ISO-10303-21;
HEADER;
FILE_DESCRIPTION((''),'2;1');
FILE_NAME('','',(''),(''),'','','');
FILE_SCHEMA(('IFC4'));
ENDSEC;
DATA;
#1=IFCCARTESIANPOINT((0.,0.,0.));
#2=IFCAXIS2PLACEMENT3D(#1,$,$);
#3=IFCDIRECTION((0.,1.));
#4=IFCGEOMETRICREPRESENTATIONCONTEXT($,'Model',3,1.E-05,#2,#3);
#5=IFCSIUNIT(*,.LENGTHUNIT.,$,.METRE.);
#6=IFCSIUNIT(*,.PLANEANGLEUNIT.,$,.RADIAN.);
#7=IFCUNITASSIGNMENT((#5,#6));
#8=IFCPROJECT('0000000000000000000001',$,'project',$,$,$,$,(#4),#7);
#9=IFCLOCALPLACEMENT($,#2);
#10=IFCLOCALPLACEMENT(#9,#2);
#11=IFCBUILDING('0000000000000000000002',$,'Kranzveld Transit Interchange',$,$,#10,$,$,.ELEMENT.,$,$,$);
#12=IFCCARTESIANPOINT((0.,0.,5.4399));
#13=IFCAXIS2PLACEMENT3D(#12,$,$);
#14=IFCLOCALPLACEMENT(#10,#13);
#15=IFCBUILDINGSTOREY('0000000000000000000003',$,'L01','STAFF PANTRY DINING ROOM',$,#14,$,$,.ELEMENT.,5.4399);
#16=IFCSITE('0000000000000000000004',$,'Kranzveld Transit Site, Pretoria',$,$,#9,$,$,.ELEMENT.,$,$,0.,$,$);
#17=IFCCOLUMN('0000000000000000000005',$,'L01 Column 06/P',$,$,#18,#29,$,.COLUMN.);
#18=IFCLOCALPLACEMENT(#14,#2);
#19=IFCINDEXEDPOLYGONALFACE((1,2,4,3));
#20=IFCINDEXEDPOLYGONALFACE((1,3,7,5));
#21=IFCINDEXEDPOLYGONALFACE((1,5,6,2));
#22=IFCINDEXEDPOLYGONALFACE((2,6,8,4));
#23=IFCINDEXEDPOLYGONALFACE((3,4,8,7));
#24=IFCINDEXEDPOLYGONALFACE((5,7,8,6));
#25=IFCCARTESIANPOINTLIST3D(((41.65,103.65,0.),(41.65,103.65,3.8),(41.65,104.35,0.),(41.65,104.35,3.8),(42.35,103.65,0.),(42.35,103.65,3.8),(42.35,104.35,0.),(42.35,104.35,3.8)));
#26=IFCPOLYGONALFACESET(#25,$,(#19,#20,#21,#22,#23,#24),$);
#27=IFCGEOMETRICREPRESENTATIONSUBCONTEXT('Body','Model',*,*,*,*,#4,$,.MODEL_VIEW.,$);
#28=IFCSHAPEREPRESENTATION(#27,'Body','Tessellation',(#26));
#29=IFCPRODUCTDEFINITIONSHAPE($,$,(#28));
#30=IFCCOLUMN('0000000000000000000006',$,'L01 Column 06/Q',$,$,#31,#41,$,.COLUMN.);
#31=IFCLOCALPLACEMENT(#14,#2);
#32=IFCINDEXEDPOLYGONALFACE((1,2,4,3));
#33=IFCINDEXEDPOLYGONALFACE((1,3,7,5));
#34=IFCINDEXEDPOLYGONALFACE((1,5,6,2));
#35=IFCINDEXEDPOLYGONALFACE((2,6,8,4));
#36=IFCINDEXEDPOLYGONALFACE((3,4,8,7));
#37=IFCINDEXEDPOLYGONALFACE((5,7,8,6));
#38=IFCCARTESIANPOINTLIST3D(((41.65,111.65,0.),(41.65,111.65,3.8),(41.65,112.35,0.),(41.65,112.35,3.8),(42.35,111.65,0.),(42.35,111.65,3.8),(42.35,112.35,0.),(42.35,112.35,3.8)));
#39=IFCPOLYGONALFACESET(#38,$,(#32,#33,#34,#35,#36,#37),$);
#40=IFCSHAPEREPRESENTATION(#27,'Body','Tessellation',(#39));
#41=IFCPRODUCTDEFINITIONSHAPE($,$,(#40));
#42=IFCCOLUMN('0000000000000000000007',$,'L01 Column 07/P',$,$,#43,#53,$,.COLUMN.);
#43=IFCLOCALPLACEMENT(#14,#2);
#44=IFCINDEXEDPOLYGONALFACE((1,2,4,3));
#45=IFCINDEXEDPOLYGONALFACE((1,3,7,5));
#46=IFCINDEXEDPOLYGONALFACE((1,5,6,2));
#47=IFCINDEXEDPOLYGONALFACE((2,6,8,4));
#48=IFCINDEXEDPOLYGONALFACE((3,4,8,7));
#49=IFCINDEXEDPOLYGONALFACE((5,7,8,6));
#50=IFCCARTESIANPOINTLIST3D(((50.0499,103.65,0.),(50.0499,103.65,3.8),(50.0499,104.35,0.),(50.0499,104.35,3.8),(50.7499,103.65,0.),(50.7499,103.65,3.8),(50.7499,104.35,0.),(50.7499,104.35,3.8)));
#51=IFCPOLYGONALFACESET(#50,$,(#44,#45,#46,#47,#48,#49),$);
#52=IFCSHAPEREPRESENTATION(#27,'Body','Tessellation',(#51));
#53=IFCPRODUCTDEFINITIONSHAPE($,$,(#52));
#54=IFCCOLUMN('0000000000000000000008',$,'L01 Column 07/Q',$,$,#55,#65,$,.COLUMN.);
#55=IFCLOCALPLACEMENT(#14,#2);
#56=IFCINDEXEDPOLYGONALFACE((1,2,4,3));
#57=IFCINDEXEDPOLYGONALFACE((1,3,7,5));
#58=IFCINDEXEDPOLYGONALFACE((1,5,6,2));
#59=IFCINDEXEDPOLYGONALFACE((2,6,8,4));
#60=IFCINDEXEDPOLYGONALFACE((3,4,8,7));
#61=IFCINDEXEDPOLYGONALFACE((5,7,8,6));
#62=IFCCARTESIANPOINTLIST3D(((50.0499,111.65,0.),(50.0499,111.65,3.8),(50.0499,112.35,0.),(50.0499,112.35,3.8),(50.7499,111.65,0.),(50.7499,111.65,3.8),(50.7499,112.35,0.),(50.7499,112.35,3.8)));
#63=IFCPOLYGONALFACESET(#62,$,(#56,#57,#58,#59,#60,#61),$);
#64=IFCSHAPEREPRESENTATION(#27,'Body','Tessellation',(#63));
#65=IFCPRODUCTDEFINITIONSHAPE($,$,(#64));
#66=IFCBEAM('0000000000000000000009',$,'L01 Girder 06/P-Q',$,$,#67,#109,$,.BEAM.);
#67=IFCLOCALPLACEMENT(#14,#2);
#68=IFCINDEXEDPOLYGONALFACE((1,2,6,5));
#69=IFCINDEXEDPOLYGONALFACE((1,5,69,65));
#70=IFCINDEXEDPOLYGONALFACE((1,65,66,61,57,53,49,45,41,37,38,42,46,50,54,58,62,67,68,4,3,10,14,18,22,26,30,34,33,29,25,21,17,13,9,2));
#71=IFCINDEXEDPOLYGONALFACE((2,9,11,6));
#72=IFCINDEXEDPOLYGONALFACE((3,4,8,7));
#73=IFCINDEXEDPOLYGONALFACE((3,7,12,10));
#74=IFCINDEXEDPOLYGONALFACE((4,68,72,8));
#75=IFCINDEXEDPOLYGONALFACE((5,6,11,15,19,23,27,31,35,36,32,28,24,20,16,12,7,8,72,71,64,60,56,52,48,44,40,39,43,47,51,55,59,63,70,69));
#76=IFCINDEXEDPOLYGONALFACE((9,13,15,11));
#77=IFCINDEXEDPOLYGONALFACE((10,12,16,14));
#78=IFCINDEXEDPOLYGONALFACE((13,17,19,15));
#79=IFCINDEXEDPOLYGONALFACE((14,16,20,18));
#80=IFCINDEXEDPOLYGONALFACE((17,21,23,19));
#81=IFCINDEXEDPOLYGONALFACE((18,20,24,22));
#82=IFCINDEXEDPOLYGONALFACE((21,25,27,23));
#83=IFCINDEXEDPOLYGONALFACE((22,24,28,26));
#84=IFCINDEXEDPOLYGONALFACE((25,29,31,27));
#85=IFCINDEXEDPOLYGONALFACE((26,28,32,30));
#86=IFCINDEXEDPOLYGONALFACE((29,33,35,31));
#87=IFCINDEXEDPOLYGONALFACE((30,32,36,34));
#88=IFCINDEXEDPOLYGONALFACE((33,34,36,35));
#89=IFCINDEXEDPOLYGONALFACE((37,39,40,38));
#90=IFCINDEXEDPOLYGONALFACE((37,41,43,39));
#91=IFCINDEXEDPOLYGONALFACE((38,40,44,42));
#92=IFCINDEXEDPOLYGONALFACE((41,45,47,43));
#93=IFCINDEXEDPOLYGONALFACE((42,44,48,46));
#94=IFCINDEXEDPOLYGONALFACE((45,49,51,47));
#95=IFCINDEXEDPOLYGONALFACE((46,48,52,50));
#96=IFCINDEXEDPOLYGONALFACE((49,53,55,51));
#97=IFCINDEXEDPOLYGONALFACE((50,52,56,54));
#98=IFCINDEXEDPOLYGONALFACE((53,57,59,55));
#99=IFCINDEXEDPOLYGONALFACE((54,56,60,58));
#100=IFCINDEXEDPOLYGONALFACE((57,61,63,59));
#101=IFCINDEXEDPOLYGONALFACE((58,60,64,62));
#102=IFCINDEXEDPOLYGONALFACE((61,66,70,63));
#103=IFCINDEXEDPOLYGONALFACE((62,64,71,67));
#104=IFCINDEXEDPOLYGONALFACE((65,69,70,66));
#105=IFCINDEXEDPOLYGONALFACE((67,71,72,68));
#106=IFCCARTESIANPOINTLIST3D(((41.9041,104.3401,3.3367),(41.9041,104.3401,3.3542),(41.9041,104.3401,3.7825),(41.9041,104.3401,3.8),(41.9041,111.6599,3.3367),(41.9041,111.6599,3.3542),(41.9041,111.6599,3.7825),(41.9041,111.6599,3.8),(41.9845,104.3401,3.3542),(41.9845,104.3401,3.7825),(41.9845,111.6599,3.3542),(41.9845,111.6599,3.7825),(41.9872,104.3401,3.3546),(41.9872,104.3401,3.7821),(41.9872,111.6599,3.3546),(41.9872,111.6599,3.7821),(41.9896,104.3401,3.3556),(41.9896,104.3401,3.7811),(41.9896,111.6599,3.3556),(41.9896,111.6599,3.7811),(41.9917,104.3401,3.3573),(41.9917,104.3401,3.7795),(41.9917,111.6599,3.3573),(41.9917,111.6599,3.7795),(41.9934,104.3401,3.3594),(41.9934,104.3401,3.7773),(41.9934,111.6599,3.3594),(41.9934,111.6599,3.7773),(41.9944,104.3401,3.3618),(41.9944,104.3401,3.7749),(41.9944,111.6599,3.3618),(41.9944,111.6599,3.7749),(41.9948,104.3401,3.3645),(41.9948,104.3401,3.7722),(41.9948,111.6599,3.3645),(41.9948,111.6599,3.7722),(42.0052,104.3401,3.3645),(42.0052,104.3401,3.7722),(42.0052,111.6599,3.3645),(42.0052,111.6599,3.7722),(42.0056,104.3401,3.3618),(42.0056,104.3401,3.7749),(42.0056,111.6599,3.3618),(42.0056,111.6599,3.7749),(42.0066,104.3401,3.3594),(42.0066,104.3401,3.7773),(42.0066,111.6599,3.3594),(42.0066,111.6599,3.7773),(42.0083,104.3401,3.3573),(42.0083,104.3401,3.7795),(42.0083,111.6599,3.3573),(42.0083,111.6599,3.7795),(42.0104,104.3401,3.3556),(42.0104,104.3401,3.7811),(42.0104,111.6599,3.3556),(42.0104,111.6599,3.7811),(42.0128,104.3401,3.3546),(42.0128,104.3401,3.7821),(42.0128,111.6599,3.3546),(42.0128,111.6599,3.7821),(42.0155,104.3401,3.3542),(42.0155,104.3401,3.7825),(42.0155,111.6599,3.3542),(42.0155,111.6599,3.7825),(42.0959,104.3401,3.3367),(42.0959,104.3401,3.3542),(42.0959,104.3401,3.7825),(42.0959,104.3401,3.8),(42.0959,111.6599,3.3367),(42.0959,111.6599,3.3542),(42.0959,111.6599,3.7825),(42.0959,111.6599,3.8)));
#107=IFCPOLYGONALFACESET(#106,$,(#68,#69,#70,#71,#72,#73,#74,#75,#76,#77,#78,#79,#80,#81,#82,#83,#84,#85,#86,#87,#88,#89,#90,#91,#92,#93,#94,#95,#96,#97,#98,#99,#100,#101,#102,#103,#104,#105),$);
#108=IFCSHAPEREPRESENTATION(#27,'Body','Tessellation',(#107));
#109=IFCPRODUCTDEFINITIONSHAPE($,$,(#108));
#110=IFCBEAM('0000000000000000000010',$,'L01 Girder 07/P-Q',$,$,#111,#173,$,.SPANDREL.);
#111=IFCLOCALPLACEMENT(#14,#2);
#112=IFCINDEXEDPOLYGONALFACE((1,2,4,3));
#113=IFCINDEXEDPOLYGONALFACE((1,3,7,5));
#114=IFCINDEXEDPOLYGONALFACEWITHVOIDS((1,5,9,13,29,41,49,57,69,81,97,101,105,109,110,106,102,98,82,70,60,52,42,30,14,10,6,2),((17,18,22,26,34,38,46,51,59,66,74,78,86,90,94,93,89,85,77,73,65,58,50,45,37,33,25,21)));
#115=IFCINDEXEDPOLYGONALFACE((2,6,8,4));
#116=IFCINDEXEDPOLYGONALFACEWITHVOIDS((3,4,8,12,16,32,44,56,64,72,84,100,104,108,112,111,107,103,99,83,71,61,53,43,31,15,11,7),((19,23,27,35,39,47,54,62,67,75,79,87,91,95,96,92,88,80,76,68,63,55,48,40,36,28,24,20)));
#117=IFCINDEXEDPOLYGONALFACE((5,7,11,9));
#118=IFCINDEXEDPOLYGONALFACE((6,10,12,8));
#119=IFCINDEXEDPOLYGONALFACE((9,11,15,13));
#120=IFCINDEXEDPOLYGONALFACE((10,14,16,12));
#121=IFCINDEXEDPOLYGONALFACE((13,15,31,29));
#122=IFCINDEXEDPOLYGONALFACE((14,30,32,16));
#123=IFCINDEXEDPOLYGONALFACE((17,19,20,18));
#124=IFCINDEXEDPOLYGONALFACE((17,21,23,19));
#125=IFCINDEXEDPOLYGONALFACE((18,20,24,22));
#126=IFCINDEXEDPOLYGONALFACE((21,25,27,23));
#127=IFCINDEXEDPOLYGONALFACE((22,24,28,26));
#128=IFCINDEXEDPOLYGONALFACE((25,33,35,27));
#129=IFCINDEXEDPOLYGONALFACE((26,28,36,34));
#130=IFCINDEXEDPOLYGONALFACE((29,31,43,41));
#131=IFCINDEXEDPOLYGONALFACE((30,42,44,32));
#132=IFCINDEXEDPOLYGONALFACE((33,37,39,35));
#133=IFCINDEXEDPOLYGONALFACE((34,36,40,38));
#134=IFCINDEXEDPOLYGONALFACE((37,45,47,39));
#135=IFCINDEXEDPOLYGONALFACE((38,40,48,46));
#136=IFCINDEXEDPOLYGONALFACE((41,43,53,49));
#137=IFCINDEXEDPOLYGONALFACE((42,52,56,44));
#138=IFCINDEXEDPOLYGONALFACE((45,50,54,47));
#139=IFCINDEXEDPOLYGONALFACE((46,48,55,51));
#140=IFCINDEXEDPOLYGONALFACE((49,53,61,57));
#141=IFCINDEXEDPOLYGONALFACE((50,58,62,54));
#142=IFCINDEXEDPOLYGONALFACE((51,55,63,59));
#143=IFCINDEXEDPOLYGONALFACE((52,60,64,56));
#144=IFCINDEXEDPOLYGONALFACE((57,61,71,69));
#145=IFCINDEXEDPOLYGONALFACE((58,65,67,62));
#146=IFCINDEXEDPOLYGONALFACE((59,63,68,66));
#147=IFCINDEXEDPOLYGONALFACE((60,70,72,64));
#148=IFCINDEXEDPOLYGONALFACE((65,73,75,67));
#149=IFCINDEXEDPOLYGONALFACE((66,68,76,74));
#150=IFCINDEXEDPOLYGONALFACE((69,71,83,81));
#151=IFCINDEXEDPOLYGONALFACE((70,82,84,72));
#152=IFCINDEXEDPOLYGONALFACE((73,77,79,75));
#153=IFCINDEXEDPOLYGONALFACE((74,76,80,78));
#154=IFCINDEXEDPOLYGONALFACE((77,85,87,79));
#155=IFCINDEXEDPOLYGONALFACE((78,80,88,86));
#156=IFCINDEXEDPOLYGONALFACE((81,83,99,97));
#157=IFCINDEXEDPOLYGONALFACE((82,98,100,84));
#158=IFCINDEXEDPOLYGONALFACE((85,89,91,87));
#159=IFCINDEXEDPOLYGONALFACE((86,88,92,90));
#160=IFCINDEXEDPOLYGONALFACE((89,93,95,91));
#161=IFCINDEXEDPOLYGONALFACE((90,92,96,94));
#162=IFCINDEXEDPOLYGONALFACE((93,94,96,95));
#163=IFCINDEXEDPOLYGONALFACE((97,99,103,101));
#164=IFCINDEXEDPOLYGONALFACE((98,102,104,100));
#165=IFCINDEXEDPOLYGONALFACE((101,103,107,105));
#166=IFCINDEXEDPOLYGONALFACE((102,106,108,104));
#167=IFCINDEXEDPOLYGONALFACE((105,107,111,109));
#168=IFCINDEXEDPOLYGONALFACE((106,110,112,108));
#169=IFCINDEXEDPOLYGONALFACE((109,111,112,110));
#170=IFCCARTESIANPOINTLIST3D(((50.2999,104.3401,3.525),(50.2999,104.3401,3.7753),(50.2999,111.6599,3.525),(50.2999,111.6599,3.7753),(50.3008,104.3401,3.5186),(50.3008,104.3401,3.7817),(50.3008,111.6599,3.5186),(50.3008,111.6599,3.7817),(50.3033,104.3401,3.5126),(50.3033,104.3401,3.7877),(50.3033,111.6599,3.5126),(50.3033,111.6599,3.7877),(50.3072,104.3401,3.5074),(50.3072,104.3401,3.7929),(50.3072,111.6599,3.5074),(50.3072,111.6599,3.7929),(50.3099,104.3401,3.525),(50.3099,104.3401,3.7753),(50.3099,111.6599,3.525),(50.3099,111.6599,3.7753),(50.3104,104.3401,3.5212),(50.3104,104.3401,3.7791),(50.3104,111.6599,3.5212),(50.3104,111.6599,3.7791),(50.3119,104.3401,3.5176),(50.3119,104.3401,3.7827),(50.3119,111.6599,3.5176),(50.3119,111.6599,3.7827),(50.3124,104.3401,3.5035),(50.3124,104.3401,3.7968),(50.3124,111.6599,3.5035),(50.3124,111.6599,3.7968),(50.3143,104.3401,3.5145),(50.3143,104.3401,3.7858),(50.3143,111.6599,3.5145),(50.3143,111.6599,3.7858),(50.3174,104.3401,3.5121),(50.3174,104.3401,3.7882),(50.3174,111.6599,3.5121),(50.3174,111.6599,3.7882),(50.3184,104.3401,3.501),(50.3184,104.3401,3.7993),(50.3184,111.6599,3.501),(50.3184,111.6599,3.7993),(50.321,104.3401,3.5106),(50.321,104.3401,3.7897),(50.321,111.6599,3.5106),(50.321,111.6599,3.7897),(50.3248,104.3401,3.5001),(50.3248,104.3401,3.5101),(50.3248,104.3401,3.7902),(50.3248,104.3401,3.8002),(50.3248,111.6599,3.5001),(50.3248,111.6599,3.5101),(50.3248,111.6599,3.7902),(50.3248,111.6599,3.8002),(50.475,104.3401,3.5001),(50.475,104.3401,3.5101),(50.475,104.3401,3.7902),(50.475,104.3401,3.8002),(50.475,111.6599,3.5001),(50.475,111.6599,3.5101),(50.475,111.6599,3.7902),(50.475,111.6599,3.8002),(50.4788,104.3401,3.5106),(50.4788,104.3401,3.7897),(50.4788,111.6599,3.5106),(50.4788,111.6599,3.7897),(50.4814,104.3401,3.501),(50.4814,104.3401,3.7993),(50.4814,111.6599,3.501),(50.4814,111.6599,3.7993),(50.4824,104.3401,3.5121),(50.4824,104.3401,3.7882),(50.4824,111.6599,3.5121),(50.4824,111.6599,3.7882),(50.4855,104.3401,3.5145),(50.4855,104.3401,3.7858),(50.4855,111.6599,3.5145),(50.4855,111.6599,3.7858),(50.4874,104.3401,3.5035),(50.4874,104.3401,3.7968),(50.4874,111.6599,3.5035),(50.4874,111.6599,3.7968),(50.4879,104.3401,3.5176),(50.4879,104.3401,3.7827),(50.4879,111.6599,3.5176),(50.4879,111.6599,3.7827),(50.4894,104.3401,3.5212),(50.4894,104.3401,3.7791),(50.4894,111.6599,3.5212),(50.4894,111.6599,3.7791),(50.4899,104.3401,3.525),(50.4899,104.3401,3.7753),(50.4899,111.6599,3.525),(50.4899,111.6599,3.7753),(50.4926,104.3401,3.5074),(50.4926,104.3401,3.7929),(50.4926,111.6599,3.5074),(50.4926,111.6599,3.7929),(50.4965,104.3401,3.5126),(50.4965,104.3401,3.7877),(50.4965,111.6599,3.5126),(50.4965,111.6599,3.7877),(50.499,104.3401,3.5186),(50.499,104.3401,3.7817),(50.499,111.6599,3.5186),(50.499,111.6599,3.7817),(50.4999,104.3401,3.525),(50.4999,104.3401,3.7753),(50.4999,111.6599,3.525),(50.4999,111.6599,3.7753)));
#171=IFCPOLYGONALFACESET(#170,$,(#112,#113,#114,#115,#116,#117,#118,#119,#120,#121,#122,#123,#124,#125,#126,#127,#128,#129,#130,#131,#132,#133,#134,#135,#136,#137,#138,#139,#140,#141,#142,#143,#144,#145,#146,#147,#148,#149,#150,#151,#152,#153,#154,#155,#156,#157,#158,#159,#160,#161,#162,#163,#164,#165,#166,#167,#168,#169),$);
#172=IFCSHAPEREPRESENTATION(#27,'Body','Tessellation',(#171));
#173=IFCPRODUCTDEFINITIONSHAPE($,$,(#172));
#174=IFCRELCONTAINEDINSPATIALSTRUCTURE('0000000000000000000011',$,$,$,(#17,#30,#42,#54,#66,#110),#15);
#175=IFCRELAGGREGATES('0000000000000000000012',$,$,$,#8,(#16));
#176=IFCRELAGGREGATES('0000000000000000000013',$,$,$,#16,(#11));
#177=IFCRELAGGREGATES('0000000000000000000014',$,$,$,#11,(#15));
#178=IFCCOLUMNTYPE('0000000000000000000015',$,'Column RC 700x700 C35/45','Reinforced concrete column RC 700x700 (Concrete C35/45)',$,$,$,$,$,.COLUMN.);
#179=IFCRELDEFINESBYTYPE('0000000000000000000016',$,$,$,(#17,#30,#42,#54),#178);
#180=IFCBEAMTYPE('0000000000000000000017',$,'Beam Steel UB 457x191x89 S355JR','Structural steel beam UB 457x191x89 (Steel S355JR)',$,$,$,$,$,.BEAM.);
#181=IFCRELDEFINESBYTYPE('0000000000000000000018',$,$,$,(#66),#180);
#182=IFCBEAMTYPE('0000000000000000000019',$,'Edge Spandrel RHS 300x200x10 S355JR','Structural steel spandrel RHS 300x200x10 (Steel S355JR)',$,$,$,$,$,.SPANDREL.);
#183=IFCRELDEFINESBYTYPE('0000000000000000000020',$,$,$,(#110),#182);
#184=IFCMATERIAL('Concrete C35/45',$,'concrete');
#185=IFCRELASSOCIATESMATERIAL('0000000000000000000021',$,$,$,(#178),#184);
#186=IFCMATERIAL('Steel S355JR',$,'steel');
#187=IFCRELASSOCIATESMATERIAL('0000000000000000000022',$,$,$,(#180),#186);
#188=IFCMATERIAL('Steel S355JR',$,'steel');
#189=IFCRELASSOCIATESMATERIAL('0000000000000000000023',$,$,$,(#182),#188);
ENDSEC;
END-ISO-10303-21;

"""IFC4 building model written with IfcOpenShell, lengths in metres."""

from ifc_helpers import new_model, si_unit, direction, frame, origin, origin_2d, place, context, subcontext, project, spatial, rectangle, hollow_rectangle, i_section, extrude, material, material_profile, profile_set, type_object, element, save


model = new_model("IFC4")

# Units and contexts
model_context = context("Model", 3, precision=1e-05, world=origin(), true_north=direction((0.0, 1.0)))
body_context = subcontext(model_context, "Body", "Model", "MODEL_VIEW")
ifc_project = project(units=[si_unit("LENGTHUNIT", "METRE"), si_unit("PLANEANGLEUNIT", "RADIAN")], contexts=[model_context])

# Site, building, storey
site_placement = place(None, origin())
site = spatial("IfcSite", under=ifc_project, at=site_placement, Name="Kranzveld Transit Site, Pretoria", CompositionType="ELEMENT", RefElevation=0.0)
building_placement = place(site_placement, origin())
building = spatial("IfcBuilding", under=site, at=building_placement, Name="Kranzveld Transit Interchange", CompositionType="ELEMENT")
storey_placement = place(building_placement, frame((0.0, 0.0, 5.4399)))
storey = spatial("IfcBuildingStorey", under=building, at=storey_placement, Name="L01", Description="STAFF PANTRY DINING ROOM", CompositionType="ELEMENT", Elevation=5.4399)

# Columns
ifc_material_1 = material(Name="Concrete C35/45", Category="concrete")
ifc_material_profile_1 = material_profile(ifc_material_1, rectangle(XDim=0.7, YDim=0.7, at=origin_2d()), Name="RC 700x700")
ifc_profile_set_1 = profile_set([ifc_material_profile_1], Name="Concrete C35/45")
column_type = type_object("IfcColumnType", Name="Column RC 700x700 C35/45", Description="Reinforced concrete column RC 700x700 (Concrete C35/45)", PredefinedType="COLUMN", material=ifc_profile_set_1)
for number, where, z_axis, x_axis, name in (
    (1, (42.0, 104.0, 0.0), (0.0, 0.0, 1.0), (1.0, 0.0, 0.0), "L01 Column 06/P"),
    (2, (42.0, 112.0, 0.0), (0.0, 0.0, 1.0), (1.0, 0.0, 0.0), "L01 Column 06/Q"),
    (3, (50.3999, 104.0, 0.0), (0.0, 0.0, 1.0), (1.0, 0.0, 0.0), "L01 Column 07/P"),
    (4, (50.3999, 112.0, 0.0), (0.0, 0.0, 1.0), (1.0, 0.0, 0.0), "L01 Column 07/Q"),
):
    element("IfcColumn", number, at=place(storey_placement, frame(where, z_axis=z_axis, x_axis=x_axis)), inside=storey, type_object=column_type, Name=name, PredefinedType="COLUMN", context=body_context, shape_type="SweptSolid", body=[
        extrude(rectangle(XDim=0.7, YDim=0.7, at=origin_2d()), origin(), (0.0, 0.0, 1.0), 3.8),
    ])

# Beams
ifc_material_2 = material(Name="Steel S355JR", Category="steel")
ifc_material_profile_2 = material_profile(ifc_material_2, i_section(OverallWidth=0.1919, OverallDepth=0.4634, WebThickness=0.0105, FlangeThickness=0.0176, FilletRadius=0.0103, at=origin_2d()), Name="UB 457x191x89")
ifc_profile_set_2 = profile_set([ifc_material_profile_2], Name="Steel S355JR")
beam_type_1 = type_object("IfcBeamType", Name="Beam Steel UB 457x191x89 S355JR", Description="Structural steel beam UB 457x191x89 (Steel S355JR)", PredefinedType="BEAM", material=ifc_profile_set_2)
beam_1_placement = place(storey_placement, frame((42.0, 104.3401, 3.5684), z_axis=(0.0, 1.0, 0.0), x_axis=(-1.0, 0.0, 0.0)))
element("IfcBeam", 5, at=beam_1_placement, inside=storey, type_object=beam_type_1, Name="L01 Girder 06/P-Q", PredefinedType="BEAM", context=body_context, shape_type="SweptSolid", body=[
    extrude(i_section(OverallWidth=0.1919, OverallDepth=0.4634, WebThickness=0.0105, FlangeThickness=0.0176, FilletRadius=0.0103, at=origin_2d()), origin(), (0.0, 0.0, 1.0), 7.3198),
])
ifc_material_3 = material(Name="Steel S355JR", Category="steel")
ifc_material_profile_3 = material_profile(ifc_material_3, hollow_rectangle(XDim=0.2, YDim=0.3, WallThickness=0.01, InnerFilletRadius=0.0149, OuterFilletRadius=0.0249, at=origin_2d()), Name="RHS 300x200x10")
ifc_profile_set_3 = profile_set([ifc_material_profile_3], Name="Steel S355JR")
beam_type_2 = type_object("IfcBeamType", Name="Edge Spandrel RHS 300x200x10 S355JR", Description="Structural steel spandrel RHS 300x200x10 (Steel S355JR)", PredefinedType="SPANDREL", material=ifc_profile_set_3)
beam_2_placement = place(storey_placement, frame((50.3999, 104.3401, 3.6501), z_axis=(0.0, 1.0, 0.0), x_axis=(-1.0, 0.0, 0.0)))
element("IfcBeam", 6, at=beam_2_placement, inside=storey, type_object=beam_type_2, Name="L01 Girder 07/P-Q", PredefinedType="SPANDREL", context=body_context, shape_type="SweptSolid", body=[
    extrude(hollow_rectangle(XDim=0.2, YDim=0.3, WallThickness=0.01, InnerFilletRadius=0.0149, OuterFilletRadius=0.0249, at=origin_2d()), origin(), (0.0, 0.0, 1.0), 7.3198),
])

save(model, "model.ifc")
